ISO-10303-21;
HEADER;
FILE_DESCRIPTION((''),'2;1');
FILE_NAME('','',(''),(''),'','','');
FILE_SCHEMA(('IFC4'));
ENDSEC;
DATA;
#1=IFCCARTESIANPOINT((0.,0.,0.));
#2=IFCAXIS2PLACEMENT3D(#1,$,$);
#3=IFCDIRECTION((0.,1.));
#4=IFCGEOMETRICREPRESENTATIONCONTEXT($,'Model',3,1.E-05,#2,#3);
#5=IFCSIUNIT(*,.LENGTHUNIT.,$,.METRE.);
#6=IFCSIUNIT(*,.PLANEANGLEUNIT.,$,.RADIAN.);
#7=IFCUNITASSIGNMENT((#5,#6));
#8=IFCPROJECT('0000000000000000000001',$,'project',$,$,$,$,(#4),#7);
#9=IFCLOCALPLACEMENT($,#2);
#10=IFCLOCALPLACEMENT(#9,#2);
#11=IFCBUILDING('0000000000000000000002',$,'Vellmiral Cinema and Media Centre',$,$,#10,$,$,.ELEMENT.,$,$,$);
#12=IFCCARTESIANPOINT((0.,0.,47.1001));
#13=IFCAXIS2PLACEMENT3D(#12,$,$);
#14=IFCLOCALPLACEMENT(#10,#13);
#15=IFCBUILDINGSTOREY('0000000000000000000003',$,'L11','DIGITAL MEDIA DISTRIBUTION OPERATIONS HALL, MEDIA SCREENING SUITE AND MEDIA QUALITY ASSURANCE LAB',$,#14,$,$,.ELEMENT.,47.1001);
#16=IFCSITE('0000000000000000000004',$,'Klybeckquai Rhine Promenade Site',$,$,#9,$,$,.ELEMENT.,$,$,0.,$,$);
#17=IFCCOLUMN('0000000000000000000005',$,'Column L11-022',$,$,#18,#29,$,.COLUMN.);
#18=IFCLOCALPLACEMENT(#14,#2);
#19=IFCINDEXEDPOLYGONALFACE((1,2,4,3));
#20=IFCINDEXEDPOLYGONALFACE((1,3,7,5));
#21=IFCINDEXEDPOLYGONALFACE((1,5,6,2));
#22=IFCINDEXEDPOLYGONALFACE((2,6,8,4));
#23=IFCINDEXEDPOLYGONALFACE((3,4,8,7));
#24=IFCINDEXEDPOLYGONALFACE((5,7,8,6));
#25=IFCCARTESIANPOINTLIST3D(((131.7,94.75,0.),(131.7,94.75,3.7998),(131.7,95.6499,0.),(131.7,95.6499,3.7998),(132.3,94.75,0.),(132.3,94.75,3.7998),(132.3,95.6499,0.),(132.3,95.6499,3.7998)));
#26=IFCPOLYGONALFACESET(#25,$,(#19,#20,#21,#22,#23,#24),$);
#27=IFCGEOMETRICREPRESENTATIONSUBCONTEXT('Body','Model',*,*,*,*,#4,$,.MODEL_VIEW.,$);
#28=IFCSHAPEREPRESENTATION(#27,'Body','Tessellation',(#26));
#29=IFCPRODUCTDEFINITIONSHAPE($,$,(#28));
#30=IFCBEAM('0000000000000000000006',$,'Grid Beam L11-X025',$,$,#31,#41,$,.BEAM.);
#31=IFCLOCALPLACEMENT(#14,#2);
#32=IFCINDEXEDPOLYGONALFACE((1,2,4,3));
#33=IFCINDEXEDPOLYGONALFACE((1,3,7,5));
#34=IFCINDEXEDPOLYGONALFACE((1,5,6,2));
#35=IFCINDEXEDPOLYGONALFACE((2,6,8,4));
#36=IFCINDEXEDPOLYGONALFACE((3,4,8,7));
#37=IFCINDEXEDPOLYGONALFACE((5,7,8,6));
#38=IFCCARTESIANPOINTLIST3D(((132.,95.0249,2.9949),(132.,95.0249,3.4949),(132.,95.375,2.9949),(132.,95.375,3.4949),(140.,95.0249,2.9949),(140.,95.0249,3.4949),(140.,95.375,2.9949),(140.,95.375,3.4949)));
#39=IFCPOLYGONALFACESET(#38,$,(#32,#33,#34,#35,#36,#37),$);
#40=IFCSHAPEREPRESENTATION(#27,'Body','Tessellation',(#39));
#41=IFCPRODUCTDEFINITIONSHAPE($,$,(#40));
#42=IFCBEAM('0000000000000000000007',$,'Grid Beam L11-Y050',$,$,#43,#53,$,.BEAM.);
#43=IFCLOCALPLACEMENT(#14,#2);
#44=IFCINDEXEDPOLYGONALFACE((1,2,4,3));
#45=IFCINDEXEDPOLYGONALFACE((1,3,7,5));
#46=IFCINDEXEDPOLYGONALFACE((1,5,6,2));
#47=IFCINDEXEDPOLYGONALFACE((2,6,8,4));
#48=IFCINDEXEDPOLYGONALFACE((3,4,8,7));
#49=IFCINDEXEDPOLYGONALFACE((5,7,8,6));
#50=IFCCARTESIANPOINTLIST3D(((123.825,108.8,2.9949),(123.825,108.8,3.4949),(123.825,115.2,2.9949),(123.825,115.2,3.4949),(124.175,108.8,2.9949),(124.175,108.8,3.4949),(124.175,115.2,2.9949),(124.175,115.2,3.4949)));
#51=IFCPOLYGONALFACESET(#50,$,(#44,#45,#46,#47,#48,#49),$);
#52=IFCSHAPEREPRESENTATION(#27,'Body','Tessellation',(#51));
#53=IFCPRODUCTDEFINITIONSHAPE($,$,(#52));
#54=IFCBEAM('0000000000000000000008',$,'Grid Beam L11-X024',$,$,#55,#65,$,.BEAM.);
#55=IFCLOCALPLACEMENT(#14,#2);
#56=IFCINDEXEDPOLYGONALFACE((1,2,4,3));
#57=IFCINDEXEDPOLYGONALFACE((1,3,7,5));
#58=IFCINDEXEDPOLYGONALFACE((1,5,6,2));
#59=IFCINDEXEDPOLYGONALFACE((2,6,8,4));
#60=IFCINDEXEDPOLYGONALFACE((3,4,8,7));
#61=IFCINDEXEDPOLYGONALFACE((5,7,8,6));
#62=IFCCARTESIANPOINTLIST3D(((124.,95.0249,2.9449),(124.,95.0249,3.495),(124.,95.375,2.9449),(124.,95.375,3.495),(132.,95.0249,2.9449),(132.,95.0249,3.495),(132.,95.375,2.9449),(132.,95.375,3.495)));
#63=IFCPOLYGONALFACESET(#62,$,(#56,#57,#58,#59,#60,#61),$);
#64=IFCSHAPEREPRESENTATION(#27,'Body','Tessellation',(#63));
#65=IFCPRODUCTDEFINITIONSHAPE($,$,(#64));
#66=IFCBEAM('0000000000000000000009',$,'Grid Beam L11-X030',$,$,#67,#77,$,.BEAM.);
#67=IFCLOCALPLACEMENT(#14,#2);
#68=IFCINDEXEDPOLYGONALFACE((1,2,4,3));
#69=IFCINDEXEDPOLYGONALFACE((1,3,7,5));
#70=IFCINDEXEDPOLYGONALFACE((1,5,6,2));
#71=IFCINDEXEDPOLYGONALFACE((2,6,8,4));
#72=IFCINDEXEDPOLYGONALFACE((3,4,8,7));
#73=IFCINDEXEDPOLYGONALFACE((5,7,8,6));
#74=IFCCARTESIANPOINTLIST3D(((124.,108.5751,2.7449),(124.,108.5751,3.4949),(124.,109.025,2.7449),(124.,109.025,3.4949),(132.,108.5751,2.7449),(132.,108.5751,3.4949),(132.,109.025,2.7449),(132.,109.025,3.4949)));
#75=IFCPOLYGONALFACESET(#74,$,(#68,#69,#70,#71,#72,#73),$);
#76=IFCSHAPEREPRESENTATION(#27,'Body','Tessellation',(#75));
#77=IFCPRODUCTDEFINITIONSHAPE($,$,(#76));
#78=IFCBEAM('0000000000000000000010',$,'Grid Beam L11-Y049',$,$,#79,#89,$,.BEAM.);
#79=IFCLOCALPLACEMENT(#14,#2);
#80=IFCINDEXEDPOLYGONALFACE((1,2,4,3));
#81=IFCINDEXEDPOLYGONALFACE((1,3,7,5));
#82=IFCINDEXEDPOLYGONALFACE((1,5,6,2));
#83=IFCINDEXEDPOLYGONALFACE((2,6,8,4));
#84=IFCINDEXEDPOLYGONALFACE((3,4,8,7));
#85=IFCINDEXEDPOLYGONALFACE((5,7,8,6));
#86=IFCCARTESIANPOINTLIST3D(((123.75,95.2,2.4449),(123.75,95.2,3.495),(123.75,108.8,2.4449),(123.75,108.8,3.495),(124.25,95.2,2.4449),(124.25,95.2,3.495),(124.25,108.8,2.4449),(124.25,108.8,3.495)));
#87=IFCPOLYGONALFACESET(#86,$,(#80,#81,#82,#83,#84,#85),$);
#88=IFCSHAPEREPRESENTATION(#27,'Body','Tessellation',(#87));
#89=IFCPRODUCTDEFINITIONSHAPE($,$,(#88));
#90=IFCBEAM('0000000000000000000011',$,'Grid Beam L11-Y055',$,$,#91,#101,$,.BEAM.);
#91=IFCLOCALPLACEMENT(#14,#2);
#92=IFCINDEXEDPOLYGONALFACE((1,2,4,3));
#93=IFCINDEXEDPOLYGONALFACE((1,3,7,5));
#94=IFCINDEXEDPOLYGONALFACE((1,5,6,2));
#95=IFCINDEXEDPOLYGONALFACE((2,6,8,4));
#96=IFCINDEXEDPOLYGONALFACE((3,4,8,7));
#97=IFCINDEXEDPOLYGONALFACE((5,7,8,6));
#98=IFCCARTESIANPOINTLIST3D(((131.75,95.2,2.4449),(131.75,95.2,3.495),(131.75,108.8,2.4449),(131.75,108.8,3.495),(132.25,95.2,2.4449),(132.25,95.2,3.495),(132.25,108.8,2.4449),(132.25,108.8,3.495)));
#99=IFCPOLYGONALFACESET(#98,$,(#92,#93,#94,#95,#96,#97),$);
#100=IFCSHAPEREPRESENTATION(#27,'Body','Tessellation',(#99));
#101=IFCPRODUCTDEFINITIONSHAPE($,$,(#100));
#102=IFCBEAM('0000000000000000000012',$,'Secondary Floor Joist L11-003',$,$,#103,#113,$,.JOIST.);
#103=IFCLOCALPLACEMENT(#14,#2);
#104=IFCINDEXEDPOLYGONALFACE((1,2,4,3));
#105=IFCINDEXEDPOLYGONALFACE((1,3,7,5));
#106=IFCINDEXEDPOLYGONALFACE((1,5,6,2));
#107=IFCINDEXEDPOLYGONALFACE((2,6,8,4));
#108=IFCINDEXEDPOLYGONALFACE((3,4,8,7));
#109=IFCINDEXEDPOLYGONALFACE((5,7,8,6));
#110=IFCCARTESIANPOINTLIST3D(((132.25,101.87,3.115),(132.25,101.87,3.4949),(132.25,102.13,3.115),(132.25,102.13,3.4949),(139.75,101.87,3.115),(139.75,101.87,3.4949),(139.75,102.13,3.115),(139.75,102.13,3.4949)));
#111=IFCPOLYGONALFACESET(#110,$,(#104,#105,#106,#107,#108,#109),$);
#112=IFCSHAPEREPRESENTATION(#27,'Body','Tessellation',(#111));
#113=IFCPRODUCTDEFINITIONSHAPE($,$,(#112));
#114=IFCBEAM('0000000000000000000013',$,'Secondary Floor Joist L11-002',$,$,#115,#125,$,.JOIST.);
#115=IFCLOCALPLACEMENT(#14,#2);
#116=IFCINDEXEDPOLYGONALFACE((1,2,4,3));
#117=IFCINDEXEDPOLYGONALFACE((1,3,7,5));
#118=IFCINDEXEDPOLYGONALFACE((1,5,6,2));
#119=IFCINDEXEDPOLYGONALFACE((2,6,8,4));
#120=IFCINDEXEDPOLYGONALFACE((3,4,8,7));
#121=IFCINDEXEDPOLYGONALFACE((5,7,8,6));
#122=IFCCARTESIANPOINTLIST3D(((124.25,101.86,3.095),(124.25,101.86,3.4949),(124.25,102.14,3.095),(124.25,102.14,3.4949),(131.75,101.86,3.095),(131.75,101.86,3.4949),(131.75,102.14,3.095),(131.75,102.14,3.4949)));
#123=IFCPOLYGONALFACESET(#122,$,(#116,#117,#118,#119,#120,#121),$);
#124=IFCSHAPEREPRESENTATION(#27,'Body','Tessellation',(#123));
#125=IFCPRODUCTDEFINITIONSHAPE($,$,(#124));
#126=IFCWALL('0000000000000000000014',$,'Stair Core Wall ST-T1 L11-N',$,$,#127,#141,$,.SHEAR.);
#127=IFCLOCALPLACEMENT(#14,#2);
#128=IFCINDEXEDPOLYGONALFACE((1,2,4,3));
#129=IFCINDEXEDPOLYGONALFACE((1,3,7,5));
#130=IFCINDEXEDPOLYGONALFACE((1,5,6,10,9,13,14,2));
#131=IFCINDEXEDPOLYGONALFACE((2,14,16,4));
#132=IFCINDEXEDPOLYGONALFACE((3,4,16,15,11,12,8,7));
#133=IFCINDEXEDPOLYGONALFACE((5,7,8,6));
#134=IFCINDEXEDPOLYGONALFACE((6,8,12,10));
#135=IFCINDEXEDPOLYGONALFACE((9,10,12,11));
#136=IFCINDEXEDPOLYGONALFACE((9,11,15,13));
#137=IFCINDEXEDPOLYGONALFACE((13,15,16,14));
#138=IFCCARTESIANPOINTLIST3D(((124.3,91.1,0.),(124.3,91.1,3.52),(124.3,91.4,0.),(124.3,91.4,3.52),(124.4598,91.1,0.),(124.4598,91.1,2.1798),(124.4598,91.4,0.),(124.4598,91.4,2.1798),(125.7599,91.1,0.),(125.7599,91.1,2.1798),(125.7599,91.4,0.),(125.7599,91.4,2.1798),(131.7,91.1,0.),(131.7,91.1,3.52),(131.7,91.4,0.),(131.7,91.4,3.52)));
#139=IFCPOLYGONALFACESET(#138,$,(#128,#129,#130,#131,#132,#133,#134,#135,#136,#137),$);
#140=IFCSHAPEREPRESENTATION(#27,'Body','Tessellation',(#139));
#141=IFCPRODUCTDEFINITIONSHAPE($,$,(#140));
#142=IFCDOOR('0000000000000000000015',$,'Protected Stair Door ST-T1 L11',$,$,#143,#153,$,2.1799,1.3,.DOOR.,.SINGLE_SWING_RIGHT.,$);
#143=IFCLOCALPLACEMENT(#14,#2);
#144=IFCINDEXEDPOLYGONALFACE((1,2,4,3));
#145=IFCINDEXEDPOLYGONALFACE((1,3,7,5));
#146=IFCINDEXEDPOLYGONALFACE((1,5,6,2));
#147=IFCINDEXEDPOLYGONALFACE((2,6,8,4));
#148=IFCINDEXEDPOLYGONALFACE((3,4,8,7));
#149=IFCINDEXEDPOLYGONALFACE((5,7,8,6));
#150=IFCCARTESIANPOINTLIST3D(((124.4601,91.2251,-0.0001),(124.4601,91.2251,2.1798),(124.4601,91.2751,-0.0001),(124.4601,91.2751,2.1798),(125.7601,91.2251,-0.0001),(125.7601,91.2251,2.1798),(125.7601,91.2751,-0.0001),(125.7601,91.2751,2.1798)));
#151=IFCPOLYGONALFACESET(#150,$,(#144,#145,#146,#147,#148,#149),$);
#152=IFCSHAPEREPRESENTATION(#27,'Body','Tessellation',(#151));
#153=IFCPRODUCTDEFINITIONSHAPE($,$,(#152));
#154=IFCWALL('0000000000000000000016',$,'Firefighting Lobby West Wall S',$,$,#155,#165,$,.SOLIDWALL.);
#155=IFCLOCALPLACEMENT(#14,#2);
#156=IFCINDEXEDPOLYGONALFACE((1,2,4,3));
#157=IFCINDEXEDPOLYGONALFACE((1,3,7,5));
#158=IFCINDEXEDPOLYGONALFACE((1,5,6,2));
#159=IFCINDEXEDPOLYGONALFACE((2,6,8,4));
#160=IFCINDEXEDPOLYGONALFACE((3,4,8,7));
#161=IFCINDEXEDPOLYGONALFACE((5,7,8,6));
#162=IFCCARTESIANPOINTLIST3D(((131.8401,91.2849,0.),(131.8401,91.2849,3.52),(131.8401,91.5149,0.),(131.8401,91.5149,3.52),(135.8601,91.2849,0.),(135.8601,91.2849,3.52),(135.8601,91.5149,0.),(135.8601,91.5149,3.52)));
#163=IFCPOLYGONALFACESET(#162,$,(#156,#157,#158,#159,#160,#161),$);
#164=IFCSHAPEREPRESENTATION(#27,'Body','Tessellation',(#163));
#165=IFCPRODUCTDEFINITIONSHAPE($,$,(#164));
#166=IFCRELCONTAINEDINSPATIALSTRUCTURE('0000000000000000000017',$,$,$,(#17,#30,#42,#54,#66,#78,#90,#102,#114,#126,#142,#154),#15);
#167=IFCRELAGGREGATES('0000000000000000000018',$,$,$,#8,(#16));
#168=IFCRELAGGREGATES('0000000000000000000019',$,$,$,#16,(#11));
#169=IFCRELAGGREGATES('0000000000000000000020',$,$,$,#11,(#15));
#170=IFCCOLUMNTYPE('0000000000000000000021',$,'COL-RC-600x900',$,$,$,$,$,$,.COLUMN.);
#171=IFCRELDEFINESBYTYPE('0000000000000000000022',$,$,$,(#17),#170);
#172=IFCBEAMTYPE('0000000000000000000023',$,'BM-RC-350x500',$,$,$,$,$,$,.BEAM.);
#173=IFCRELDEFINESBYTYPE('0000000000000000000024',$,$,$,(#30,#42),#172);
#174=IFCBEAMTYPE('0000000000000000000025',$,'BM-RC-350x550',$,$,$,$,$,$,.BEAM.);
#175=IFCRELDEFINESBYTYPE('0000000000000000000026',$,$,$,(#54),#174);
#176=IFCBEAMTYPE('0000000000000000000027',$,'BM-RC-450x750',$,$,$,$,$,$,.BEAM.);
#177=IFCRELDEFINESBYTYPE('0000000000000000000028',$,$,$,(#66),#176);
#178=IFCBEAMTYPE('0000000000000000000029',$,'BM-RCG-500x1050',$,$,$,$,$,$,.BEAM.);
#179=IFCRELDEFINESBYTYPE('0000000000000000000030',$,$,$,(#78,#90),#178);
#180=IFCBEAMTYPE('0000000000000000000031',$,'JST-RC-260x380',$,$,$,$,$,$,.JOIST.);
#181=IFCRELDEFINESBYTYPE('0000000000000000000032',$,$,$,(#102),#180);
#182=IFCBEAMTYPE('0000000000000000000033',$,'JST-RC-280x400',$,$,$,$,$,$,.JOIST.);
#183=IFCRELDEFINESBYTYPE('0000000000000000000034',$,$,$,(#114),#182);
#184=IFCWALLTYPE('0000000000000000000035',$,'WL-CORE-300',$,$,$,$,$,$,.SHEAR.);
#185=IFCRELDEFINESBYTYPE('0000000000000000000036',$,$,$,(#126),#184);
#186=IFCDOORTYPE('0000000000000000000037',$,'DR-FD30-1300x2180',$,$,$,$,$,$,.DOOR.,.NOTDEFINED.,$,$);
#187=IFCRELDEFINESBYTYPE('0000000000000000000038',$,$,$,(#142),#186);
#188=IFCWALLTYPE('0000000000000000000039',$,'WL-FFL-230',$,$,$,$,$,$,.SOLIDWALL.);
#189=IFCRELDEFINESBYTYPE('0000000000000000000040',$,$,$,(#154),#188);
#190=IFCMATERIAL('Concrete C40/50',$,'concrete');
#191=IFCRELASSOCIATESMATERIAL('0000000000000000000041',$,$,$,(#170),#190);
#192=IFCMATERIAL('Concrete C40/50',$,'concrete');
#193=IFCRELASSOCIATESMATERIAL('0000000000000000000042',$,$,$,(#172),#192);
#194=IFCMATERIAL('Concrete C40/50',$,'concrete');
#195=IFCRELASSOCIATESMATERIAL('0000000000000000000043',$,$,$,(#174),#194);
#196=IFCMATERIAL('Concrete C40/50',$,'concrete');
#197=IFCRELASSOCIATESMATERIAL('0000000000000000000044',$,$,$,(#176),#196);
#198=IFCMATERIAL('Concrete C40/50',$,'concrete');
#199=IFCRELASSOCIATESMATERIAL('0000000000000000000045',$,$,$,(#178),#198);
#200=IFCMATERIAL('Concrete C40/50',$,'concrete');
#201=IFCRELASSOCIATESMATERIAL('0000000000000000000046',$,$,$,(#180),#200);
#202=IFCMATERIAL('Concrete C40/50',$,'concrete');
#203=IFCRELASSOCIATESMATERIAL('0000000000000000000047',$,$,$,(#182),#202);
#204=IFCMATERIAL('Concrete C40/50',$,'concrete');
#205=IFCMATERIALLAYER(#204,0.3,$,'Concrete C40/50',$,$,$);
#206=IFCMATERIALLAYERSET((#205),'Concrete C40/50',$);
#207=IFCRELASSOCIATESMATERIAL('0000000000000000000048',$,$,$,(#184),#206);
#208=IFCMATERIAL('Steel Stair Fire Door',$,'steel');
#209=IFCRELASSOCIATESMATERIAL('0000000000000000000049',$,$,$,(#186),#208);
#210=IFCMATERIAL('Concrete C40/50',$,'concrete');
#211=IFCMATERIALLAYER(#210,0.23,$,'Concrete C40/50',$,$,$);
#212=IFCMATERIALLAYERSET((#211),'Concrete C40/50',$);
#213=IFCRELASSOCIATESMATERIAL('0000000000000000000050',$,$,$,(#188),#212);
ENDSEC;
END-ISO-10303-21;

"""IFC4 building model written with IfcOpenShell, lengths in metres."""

from ifc_helpers import new_model, si_unit, direction, frame, frame_2d, origin, origin_2d, place, context, subcontext, project, spatial, rectangle, extrude, material, layer, layer_set, material_profile, profile_set, type_object, element, fill, save


model = new_model("IFC4")

# Units and contexts
model_context = context("Model", 3, precision=1e-05, world=origin(), true_north=direction((0.0, 1.0)))
body_context = subcontext(model_context, "Body", "Model", "MODEL_VIEW")
ifc_project = project(units=[si_unit("LENGTHUNIT", "METRE"), si_unit("PLANEANGLEUNIT", "RADIAN")], contexts=[model_context])

# Site, building, storey
site_placement = place(None, origin())
site = spatial("IfcSite", under=ifc_project, at=site_placement, Name="Klybeckquai Rhine Promenade Site", CompositionType="ELEMENT", RefElevation=0.0)
building_placement = place(site_placement, origin())
building = spatial("IfcBuilding", under=site, at=building_placement, Name="Vellmiral Cinema and Media Centre", CompositionType="ELEMENT")
storey_placement = place(building_placement, frame((0.0, 0.0, 47.1001)))
storey = spatial("IfcBuildingStorey", under=building, at=storey_placement, Name="L11", Description="DIGITAL MEDIA DISTRIBUTION OPERATIONS HALL, MEDIA SCREENING SUITE AND MEDIA QUALITY ASSURANCE LAB", CompositionType="ELEMENT", Elevation=47.1001)

# Column
ifc_material_1 = material(Name="Concrete C40/50", Category="concrete")
ifc_material_profile_1 = material_profile(ifc_material_1, rectangle(XDim=0.6001, YDim=0.8999, at=origin_2d()), Name="RC 600x900")
ifc_profile_set_1 = profile_set([ifc_material_profile_1], Name="Concrete C40/50")
column_type = type_object("IfcColumnType", Name="COL-RC-600x900", PredefinedType="COLUMN", material=ifc_profile_set_1)
column_placement = place(storey_placement, frame((132.0, 95.2, 0.0), z_axis=(0.0, 0.0, 1.0), x_axis=(1.0, 0.0, 0.0)))
element("IfcColumn", 1, at=column_placement, inside=storey, type_object=column_type, Name="Column L11-022", PredefinedType="COLUMN", context=body_context, shape_type="SweptSolid", body=[
    extrude(rectangle(XDim=0.6001, YDim=0.8999, at=origin_2d()), origin(), (0.0, 0.0, 1.0), 3.7998),
])

# Beams
ifc_material_2 = material(Name="Concrete C40/50", Category="concrete")
ifc_material_profile_2 = material_profile(ifc_material_2, rectangle(XDim=0.3501, YDim=0.5, at=origin_2d()), Name="RC 350x500")
ifc_profile_set_2 = profile_set([ifc_material_profile_2], Name="Concrete C40/50")
beam_type_1 = type_object("IfcBeamType", Name="BM-RC-350x500", PredefinedType="BEAM", material=ifc_profile_set_2)
beam_1_placement = place(storey_placement, frame((132.0, 95.2, 3.2449), z_axis=(1.0, 0.0, 0.0), x_axis=(0.0, 1.0, 0.0)))
element("IfcBeam", 2, at=beam_1_placement, inside=storey, type_object=beam_type_1, Name="Grid Beam L11-X025", PredefinedType="BEAM", context=body_context, shape_type="SweptSolid", body=[
    extrude(rectangle(XDim=0.3501, YDim=0.5, at=origin_2d()), origin(), (0.0, 0.0, 1.0), 8.0),
])
beam_2_placement = place(storey_placement, frame((124.0, 108.8, 3.2449), z_axis=(0.0, 1.0, 0.0), x_axis=(-1.0, 0.0, 0.0)))
element("IfcBeam", 3, at=beam_2_placement, inside=storey, type_object=beam_type_1, Name="Grid Beam L11-Y050", PredefinedType="BEAM", context=body_context, shape_type="SweptSolid", body=[
    extrude(rectangle(XDim=0.3501, YDim=0.5, at=origin_2d()), origin(), (0.0, 0.0, 1.0), 6.3999),
])
ifc_material_3 = material(Name="Concrete C40/50", Category="concrete")
ifc_material_profile_3 = material_profile(ifc_material_3, rectangle(XDim=0.3501, YDim=0.55, at=origin_2d()), Name="RC 350x550")
ifc_profile_set_3 = profile_set([ifc_material_profile_3], Name="Concrete C40/50")
beam_type_2 = type_object("IfcBeamType", Name="BM-RC-350x550", PredefinedType="BEAM", material=ifc_profile_set_3)
beam_3_placement = place(storey_placement, frame((124.0, 95.2, 3.22), z_axis=(1.0, 0.0, 0.0), x_axis=(0.0, 1.0, 0.0)))
element("IfcBeam", 4, at=beam_3_placement, inside=storey, type_object=beam_type_2, Name="Grid Beam L11-X024", PredefinedType="BEAM", context=body_context, shape_type="SweptSolid", body=[
    extrude(rectangle(XDim=0.3501, YDim=0.55, at=origin_2d()), origin(), (0.0, 0.0, 1.0), 8.0),
])
ifc_material_4 = material(Name="Concrete C40/50", Category="concrete")
ifc_material_profile_4 = material_profile(ifc_material_4, rectangle(XDim=0.45, YDim=0.75, at=origin_2d()), Name="RC 450x750")
ifc_profile_set_4 = profile_set([ifc_material_profile_4], Name="Concrete C40/50")
beam_type_3 = type_object("IfcBeamType", Name="BM-RC-450x750", PredefinedType="BEAM", material=ifc_profile_set_4)
beam_4_placement = place(storey_placement, frame((124.0, 108.8, 3.1199), z_axis=(1.0, 0.0, 0.0), x_axis=(0.0, 1.0, 0.0)))
element("IfcBeam", 5, at=beam_4_placement, inside=storey, type_object=beam_type_3, Name="Grid Beam L11-X030", PredefinedType="BEAM", context=body_context, shape_type="SweptSolid", body=[
    extrude(rectangle(XDim=0.45, YDim=0.75, at=origin_2d()), origin(), (0.0, 0.0, 1.0), 8.0),
])
ifc_material_5 = material(Name="Concrete C40/50", Category="concrete")
ifc_material_profile_5 = material_profile(ifc_material_5, rectangle(XDim=0.5, YDim=1.05, at=origin_2d()), Name="RC 500x1050")
ifc_profile_set_5 = profile_set([ifc_material_profile_5], Name="Concrete C40/50")
beam_type_4 = type_object("IfcBeamType", Name="BM-RCG-500x1050", PredefinedType="BEAM", material=ifc_profile_set_5)
for number, where, z_axis, x_axis, name in (
    (6, (124.0, 95.2, 2.97), (0.0, 1.0, 0.0), (-1.0, 0.0, 0.0), "Grid Beam L11-Y049"),
    (7, (132.0, 95.2, 2.97), (0.0, 1.0, 0.0), (-1.0, 0.0, 0.0), "Grid Beam L11-Y055"),
):
    element("IfcBeam", number, at=place(storey_placement, frame(where, z_axis=z_axis, x_axis=x_axis)), inside=storey, type_object=beam_type_4, Name=name, PredefinedType="BEAM", context=body_context, shape_type="SweptSolid", body=[
        extrude(rectangle(XDim=0.5, YDim=1.05, at=origin_2d()), origin(), (0.0, 0.0, 1.0), 13.6001),
    ])
ifc_material_6 = material(Name="Concrete C40/50", Category="concrete")
ifc_material_profile_6 = material_profile(ifc_material_6, rectangle(XDim=0.26, YDim=0.3799, at=origin_2d()), Name="RC 260x380")
ifc_profile_set_6 = profile_set([ifc_material_profile_6], Name="Concrete C40/50")
beam_type_5 = type_object("IfcBeamType", Name="JST-RC-260x380", PredefinedType="JOIST", material=ifc_profile_set_6)
beam_5_placement = place(storey_placement, frame((132.25, 102.0, 3.3049), z_axis=(1.0, 0.0, 0.0), x_axis=(0.0, 1.0, 0.0)))
element("IfcBeam", 8, at=beam_5_placement, inside=storey, type_object=beam_type_5, Name="Secondary Floor Joist L11-003", PredefinedType="JOIST", context=body_context, shape_type="SweptSolid", body=[
    extrude(rectangle(XDim=0.26, YDim=0.3799, at=origin_2d()), origin(), (0.0, 0.0, 1.0), 7.5),
])
ifc_material_7 = material(Name="Concrete C40/50", Category="concrete")
ifc_material_profile_7 = material_profile(ifc_material_7, rectangle(XDim=0.28, YDim=0.3999, at=origin_2d()), Name="RC 280x400")
ifc_profile_set_7 = profile_set([ifc_material_profile_7], Name="Concrete C40/50")
beam_type_6 = type_object("IfcBeamType", Name="JST-RC-280x400", PredefinedType="JOIST", material=ifc_profile_set_7)
beam_6_placement = place(storey_placement, frame((124.25, 102.0, 3.2949), z_axis=(1.0, 0.0, 0.0), x_axis=(0.0, 1.0, 0.0)))
element("IfcBeam", 9, at=beam_6_placement, inside=storey, type_object=beam_type_6, Name="Secondary Floor Joist L11-002", PredefinedType="JOIST", context=body_context, shape_type="SweptSolid", body=[
    extrude(rectangle(XDim=0.28, YDim=0.3999, at=origin_2d()), origin(), (0.0, 0.0, 1.0), 7.5),
])

# Wall, opening, door
ifc_material_8 = material(Name="Concrete C40/50", Category="concrete")
ifc_layer_1 = layer(ifc_material_8, 0.3, Name="Concrete C40/50")
ifc_layer_set_1 = layer_set([ifc_layer_1], Name="Concrete C40/50")
wall_type_1 = type_object("IfcWallType", Name="WL-CORE-300", PredefinedType="SHEAR", material=ifc_layer_set_1)
wall_1_placement = place(storey_placement, frame((124.3, 91.25, 0.0), z_axis=(0.0, 0.0, 1.0), x_axis=(1.0, 0.0, 0.0)))
wall_1 = element("IfcWall", 10, at=wall_1_placement, inside=storey, type_object=wall_type_1, Name="Stair Core Wall ST-T1 L11-N", PredefinedType="SHEAR", context=body_context, shape_type="SweptSolid", body=[
    extrude(rectangle(XDim=7.3999, YDim=0.3, at=frame_2d((3.7, 0.0))), origin(), (0.0, 0.0, 1.0), 3.52),
])
opening_1_placement = place(wall_1_placement, frame((0.1599, 0.0, 0.0)))
opening_1 = element("IfcOpeningElement", 11, at=opening_1_placement, cuts=wall_1, PredefinedType="OPENING", context=body_context, shape_type="SweptSolid", body=[
    extrude(rectangle(XDim=1.3, YDim=2.1799, at=frame_2d((0.6499, 1.0898))), frame((0.0, 0.1621, 0.0), z_axis=(0.0, -1.0, 0.0), x_axis=(1.0, 0.0, 0.0)), (0.0, 0.0, 1.0), 0.324),
])
ifc_material_9 = material(Name="Steel Stair Fire Door", Category="steel")
door_type_1 = type_object("IfcDoorType", Name="DR-FD30-1300x2180", OperationType="NOTDEFINED", PredefinedType="DOOR", material=ifc_material_9)
door_1_placement = place(opening_1_placement, frame((1.3, 0.0, 0.0), z_axis=(0.0, 0.0, 1.0), x_axis=(-1.0, 0.0, 0.0)))
door_1 = element("IfcDoor", 12, at=door_1_placement, inside=storey, type_object=door_type_1, Name="Protected Stair Door ST-T1 L11", OperationType="SINGLE_SWING_RIGHT", OverallHeight=2.1799, OverallWidth=1.3, PredefinedType="DOOR", context=body_context, shape_type="SweptSolid", body=[
    extrude(rectangle(XDim=1.3, YDim=2.1799, at=frame_2d((0.6499, 1.0898))), frame((0.0, 0.0249, 0.0), z_axis=(0.0, -1.0, 0.0), x_axis=(1.0, 0.0, 0.0)), (0.0, 0.0, 1.0), 0.05),
])
fill(opening_1, door_1)

# Wall
ifc_material_10 = material(Name="Concrete C40/50", Category="concrete")
ifc_layer_2 = layer(ifc_material_10, 0.23, Name="Concrete C40/50")
ifc_layer_set_2 = layer_set([ifc_layer_2], Name="Concrete C40/50")
wall_type_2 = type_object("IfcWallType", Name="WL-FFL-230", PredefinedType="SOLIDWALL", material=ifc_layer_set_2)
wall_2_placement = place(storey_placement, frame((131.8401, 91.3999, 0.0), z_axis=(0.0, 0.0, 1.0), x_axis=(1.0, 0.0, 0.0)))
element("IfcWall", 13, at=wall_2_placement, inside=storey, type_object=wall_type_2, Name="Firefighting Lobby West Wall S", PredefinedType="SOLIDWALL", context=body_context, shape_type="SweptSolid", body=[
    extrude(rectangle(XDim=4.02, YDim=0.23, at=frame_2d((2.01, 0.0))), origin(), (0.0, 0.0, 1.0), 3.52),
])

save(model, "model.ifc")
